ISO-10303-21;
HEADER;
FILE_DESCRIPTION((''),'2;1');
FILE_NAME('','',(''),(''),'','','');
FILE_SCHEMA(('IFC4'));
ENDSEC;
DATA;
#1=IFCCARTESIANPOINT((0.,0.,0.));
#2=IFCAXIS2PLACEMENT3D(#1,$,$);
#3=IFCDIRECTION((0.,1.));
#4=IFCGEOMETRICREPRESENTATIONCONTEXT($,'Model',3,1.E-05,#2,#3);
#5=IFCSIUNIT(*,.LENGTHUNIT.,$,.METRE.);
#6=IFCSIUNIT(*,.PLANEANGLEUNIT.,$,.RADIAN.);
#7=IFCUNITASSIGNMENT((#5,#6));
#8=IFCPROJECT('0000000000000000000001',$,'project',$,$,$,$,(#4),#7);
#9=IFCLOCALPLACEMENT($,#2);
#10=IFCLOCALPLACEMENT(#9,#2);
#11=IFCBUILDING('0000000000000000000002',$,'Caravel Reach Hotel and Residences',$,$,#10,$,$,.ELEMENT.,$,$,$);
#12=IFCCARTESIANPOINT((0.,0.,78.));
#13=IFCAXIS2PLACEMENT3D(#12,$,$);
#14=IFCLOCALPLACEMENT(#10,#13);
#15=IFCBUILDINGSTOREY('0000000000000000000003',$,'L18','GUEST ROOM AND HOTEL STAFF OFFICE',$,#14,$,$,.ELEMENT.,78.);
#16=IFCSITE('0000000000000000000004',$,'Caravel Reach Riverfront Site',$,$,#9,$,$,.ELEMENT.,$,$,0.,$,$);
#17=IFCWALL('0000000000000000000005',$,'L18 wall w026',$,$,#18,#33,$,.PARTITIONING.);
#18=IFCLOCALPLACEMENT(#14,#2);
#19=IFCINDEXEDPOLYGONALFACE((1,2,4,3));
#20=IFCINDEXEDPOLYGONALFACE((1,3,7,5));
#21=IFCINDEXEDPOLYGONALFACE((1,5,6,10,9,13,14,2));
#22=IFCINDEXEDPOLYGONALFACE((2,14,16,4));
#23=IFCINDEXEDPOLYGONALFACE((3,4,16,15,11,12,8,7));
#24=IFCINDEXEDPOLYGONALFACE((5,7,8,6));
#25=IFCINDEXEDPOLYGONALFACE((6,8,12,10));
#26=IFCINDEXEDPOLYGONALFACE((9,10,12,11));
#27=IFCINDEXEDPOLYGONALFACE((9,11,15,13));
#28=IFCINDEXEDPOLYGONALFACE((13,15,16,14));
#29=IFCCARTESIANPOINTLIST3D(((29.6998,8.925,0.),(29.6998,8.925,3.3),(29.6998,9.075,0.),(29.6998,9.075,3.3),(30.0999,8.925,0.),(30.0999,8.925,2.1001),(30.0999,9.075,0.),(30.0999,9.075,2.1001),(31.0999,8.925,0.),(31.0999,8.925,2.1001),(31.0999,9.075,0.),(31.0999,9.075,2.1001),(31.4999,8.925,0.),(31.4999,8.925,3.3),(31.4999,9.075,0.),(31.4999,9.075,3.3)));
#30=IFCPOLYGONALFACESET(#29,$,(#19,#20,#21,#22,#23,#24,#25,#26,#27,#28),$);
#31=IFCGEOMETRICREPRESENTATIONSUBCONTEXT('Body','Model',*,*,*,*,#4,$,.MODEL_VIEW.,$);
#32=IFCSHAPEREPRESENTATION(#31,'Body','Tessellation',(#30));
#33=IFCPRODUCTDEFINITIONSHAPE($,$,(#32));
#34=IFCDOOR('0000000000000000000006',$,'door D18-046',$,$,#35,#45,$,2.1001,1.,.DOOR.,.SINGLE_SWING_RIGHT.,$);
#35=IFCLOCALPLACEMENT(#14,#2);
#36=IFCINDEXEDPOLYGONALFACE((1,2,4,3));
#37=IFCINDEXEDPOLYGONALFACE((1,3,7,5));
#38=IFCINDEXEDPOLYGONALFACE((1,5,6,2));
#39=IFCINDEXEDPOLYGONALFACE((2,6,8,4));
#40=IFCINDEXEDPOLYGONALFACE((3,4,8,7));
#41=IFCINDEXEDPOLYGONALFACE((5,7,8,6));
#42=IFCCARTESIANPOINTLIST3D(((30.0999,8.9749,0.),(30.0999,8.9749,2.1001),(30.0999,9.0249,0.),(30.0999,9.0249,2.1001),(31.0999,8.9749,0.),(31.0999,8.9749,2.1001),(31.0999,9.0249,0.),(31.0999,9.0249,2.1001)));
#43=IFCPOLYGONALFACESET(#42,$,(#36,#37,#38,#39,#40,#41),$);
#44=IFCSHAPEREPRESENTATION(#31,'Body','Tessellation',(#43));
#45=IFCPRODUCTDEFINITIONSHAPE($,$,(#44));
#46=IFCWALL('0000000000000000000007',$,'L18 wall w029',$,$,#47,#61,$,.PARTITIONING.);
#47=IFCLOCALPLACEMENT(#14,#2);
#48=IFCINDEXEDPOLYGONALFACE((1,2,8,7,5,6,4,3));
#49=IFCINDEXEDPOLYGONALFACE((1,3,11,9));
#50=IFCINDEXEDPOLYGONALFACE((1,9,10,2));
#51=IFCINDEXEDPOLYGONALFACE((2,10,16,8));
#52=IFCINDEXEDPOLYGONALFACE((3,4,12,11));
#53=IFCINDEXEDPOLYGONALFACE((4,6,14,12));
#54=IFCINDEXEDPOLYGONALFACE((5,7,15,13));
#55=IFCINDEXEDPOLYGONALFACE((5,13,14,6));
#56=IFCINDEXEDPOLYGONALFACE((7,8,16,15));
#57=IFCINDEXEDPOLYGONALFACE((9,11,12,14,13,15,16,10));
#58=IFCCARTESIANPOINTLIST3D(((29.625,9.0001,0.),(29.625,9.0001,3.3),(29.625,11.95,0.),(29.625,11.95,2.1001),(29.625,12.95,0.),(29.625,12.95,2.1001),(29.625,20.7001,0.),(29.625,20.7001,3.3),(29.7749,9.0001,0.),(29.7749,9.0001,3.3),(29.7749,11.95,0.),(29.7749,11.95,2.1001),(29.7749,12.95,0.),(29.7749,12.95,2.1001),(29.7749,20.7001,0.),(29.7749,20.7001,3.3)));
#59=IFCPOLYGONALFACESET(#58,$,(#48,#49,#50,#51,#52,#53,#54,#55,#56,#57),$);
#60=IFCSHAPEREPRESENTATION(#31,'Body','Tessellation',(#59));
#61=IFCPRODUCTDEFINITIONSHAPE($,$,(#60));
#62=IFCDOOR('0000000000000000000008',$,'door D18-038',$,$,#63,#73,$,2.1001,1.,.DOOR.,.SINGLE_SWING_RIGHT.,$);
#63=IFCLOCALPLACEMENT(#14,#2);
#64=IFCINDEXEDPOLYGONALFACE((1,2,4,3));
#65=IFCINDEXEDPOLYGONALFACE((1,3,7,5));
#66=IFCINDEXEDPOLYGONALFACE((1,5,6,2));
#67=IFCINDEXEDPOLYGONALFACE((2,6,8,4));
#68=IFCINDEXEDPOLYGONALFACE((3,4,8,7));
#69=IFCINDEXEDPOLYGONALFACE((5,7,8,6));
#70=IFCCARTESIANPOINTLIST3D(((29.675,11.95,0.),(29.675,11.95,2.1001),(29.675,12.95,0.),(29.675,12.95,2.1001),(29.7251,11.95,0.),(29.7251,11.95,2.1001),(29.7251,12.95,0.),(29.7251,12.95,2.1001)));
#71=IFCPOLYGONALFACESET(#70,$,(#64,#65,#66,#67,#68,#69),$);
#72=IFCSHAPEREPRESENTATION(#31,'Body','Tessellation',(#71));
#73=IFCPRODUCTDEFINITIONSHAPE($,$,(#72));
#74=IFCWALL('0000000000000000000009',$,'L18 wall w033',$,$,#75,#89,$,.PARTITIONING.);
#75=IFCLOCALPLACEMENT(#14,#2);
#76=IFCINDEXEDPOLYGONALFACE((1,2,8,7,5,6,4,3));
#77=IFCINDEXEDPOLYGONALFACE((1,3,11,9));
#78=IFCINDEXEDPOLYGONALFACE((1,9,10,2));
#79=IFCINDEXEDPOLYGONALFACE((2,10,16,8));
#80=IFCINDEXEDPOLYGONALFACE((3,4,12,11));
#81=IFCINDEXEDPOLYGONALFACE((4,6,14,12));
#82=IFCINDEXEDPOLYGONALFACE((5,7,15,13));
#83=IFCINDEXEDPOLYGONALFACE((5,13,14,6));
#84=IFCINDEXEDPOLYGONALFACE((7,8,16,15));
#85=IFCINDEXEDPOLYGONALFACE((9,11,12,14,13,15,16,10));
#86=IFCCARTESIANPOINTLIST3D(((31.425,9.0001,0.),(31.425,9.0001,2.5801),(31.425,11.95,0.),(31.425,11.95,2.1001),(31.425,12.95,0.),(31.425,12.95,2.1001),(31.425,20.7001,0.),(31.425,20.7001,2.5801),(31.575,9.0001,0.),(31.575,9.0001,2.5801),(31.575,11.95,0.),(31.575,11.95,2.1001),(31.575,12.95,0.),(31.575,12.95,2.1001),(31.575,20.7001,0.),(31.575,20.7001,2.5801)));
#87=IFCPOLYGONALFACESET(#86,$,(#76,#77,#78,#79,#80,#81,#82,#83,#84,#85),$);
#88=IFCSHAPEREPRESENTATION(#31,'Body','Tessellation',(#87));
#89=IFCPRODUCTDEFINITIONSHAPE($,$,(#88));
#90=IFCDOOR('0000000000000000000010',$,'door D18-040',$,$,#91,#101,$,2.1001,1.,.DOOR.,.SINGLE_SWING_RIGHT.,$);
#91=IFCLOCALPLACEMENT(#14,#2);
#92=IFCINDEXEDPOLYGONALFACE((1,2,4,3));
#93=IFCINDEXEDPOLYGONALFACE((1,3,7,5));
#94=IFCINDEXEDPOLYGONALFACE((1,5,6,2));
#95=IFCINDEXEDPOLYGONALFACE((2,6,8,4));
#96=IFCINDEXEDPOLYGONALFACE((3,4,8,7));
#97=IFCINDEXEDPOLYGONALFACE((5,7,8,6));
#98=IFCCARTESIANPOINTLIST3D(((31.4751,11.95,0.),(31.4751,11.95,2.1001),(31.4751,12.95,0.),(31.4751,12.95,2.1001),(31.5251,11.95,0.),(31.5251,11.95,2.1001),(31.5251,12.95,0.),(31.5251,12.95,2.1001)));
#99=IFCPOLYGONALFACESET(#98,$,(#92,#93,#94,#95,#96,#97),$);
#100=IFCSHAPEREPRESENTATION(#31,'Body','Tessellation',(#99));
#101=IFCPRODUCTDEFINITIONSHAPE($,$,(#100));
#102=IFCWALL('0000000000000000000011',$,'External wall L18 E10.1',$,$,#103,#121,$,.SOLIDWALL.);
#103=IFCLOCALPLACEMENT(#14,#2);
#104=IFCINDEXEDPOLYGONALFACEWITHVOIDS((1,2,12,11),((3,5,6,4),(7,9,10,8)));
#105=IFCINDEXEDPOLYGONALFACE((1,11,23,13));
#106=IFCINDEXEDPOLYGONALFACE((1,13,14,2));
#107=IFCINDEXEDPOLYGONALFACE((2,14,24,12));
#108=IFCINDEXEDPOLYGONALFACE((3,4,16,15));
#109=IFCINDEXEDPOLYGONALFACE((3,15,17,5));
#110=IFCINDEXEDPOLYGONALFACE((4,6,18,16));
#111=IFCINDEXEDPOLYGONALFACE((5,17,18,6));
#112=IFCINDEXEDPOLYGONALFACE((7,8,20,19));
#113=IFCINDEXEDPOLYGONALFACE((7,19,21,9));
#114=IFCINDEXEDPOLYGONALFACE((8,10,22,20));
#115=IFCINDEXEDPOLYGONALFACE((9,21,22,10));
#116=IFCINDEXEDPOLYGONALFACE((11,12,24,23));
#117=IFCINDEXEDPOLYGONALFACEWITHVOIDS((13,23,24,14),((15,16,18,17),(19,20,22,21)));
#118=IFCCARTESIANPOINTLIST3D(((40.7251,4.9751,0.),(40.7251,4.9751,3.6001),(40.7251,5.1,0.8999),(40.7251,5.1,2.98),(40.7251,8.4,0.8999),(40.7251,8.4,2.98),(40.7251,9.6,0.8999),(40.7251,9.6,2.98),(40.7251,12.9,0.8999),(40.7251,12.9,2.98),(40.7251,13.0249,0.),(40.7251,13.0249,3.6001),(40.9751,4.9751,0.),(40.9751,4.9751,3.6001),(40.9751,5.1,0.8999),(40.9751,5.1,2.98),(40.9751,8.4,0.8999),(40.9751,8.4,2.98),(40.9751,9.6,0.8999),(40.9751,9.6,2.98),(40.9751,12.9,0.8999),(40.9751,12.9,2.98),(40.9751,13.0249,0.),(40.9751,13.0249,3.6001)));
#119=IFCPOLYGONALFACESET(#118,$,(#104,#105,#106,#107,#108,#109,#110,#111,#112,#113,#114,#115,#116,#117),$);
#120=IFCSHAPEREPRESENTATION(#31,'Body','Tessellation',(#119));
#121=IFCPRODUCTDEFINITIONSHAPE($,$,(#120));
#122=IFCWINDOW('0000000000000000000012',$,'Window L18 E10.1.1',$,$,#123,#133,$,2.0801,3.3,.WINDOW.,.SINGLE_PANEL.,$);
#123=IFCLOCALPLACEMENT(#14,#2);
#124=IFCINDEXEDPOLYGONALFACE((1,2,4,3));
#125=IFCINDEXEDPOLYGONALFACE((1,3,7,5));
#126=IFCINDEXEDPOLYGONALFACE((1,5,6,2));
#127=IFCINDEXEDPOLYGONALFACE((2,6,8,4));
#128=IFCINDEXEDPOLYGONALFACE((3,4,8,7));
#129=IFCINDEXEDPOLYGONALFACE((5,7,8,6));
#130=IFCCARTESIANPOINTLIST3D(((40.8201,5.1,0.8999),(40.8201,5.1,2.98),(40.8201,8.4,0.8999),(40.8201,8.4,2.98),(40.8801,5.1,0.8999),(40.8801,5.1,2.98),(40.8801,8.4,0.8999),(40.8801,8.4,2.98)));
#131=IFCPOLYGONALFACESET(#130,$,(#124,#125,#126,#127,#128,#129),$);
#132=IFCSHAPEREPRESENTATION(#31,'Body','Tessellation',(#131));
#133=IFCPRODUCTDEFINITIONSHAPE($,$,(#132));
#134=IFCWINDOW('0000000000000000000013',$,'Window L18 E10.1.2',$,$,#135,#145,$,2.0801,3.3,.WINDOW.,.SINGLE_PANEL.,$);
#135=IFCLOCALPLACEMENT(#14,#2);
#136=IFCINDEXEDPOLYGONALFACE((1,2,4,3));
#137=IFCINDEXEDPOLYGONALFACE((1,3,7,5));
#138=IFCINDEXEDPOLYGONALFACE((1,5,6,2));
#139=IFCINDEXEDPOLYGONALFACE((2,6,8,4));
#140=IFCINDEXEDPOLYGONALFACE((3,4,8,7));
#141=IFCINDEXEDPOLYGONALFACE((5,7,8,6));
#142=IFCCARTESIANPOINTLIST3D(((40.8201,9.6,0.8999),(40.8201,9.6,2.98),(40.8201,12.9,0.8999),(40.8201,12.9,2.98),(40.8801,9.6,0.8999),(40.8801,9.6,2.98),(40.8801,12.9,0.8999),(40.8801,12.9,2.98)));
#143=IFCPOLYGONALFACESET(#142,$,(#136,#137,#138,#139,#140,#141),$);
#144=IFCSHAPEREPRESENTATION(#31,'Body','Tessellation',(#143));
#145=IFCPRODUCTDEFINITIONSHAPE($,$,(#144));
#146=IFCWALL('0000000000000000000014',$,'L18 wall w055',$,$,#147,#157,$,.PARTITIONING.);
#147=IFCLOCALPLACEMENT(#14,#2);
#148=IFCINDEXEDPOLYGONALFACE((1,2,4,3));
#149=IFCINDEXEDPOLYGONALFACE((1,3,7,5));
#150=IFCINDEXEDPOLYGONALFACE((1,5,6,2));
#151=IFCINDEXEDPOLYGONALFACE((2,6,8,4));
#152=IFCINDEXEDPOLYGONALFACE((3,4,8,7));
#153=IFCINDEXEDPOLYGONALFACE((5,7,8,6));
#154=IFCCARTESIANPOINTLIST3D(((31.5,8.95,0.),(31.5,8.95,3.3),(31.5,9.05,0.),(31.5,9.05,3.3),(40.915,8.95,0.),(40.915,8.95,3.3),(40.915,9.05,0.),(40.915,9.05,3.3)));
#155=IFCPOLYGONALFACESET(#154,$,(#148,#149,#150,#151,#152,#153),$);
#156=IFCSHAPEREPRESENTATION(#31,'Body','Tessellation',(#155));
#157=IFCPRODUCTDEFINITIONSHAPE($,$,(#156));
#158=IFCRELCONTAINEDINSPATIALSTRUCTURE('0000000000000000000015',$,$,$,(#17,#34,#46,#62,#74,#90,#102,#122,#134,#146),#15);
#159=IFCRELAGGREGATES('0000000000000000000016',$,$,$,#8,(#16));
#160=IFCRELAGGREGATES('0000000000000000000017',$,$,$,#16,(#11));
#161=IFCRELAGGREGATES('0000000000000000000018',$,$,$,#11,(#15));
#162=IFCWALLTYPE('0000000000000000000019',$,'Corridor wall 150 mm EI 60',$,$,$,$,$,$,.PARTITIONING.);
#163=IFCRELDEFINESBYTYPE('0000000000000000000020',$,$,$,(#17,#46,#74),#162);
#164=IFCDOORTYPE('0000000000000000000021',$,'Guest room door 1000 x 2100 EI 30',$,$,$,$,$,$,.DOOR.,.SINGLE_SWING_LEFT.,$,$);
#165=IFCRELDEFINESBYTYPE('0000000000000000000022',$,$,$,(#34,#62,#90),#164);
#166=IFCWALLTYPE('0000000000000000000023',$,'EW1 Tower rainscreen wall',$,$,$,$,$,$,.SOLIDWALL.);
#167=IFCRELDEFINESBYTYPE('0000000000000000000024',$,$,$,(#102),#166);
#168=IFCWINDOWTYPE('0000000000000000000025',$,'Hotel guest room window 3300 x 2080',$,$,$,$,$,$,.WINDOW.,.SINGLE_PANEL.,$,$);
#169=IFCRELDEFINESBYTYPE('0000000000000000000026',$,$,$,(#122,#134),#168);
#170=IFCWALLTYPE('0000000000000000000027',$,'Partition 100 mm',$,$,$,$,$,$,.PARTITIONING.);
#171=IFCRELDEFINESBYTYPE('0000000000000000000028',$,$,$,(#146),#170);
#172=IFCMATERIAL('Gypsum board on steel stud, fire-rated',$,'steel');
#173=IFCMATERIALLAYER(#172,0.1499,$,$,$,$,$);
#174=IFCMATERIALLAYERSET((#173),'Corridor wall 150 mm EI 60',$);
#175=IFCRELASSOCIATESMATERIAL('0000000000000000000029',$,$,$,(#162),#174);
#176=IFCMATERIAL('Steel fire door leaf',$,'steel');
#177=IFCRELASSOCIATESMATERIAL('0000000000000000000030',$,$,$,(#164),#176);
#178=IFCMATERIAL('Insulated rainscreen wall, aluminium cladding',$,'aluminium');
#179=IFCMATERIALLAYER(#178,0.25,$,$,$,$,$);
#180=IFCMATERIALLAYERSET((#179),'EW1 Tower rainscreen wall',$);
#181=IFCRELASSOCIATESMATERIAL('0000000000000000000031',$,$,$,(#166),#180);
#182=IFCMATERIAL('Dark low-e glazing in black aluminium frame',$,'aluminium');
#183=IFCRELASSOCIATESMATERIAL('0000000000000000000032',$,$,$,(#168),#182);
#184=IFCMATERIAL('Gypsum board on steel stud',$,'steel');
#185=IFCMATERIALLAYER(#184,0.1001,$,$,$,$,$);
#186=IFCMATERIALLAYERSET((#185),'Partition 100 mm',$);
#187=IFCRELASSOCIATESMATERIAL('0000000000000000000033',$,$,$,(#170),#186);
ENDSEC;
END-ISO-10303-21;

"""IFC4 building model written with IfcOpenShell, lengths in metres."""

from ifc_helpers import new_model, si_unit, direction, frame, frame_2d, origin, place, context, subcontext, project, spatial, rectangle, extrude, material, layer, layer_set, type_object, element, fill, save


model = new_model("IFC4")

# Units and contexts
model_context = context("Model", 3, precision=1e-05, world=origin(), true_north=direction((0.0, 1.0)))
body_context = subcontext(model_context, "Body", "Model", "MODEL_VIEW")
ifc_project = project(units=[si_unit("LENGTHUNIT", "METRE"), si_unit("PLANEANGLEUNIT", "RADIAN")], contexts=[model_context])

# Site, building, storey
site_placement = place(None, origin())
site = spatial("IfcSite", under=ifc_project, at=site_placement, Name="Caravel Reach Riverfront Site", CompositionType="ELEMENT", RefElevation=0.0)
building_placement = place(site_placement, origin())
building = spatial("IfcBuilding", under=site, at=building_placement, Name="Caravel Reach Hotel and Residences", CompositionType="ELEMENT")
storey_placement = place(building_placement, frame((0.0, 0.0, 78.0)))
storey = spatial("IfcBuildingStorey", under=building, at=storey_placement, Name="L18", Description="GUEST ROOM AND HOTEL STAFF OFFICE", CompositionType="ELEMENT", Elevation=78.0)

# Walls, openings, doors
ifc_material_1 = material(Name="Gypsum board on steel stud, fire-rated", Category="steel")
ifc_layer_1 = layer(ifc_material_1, 0.1499)
ifc_layer_set_1 = layer_set([ifc_layer_1], Name="Corridor wall 150 mm EI 60")
wall_type_1 = type_object("IfcWallType", Name="Corridor wall 150 mm EI 60", PredefinedType="PARTITIONING", material=ifc_layer_set_1)
wall_1_placement = place(storey_placement, frame((29.7, 9.0, 0.0), z_axis=(0.0, 0.0, 1.0), x_axis=(1.0, 0.0, 0.0)))
wall_1 = element("IfcWall", 1, at=wall_1_placement, inside=storey, type_object=wall_type_1, Name="L18 wall w026", PredefinedType="PARTITIONING", context=body_context, shape_type="SweptSolid", body=[
    extrude(rectangle(XDim=1.8, YDim=0.1499, at=frame_2d((0.8999, 0.0))), origin(), (0.0, 0.0, 1.0), 3.3),
])
opening_1_placement = place(wall_1_placement, frame((0.3999, 0.0, 0.0)))
opening_1 = element("IfcOpeningElement", 2, at=opening_1_placement, cuts=wall_1, PredefinedType="OPENING", context=body_context, shape_type="SweptSolid", body=[
    extrude(rectangle(XDim=1.0, YDim=2.1001, at=frame_2d((0.5, 1.05))), frame((0.0, 0.085, 0.0), z_axis=(0.0, -1.0, 0.0), x_axis=(1.0, 0.0, 0.0)), (0.0, 0.0, 1.0), 0.1699),
])
ifc_material_2 = material(Name="Steel fire door leaf", Category="steel")
door_type_1 = type_object("IfcDoorType", Name="Guest room door 1000 x 2100 EI 30", OperationType="SINGLE_SWING_LEFT", PredefinedType="DOOR", material=ifc_material_2)
door_1_placement = place(opening_1_placement, origin())
door_1 = element("IfcDoor", 3, at=door_1_placement, inside=storey, type_object=door_type_1, Name="door D18-046", OperationType="SINGLE_SWING_RIGHT", OverallHeight=2.1001, OverallWidth=1.0, PredefinedType="DOOR", context=body_context, shape_type="SweptSolid", body=[
    extrude(rectangle(XDim=1.0, YDim=2.1001, at=frame_2d((0.5, 1.05))), frame((0.0, 0.0249, 0.0), z_axis=(0.0, -1.0, 0.0), x_axis=(1.0, 0.0, 0.0)), (0.0, 0.0, 1.0), 0.05),
])
fill(opening_1, door_1)
wall_2_placement = place(storey_placement, frame((29.7, 9.0, 0.0), z_axis=(0.0, 0.0, 1.0), x_axis=(0.0, 1.0, 0.0)))
wall_2 = element("IfcWall", 4, at=wall_2_placement, inside=storey, type_object=wall_type_1, Name="L18 wall w029", PredefinedType="PARTITIONING", context=body_context, shape_type="SweptSolid", body=[
    extrude(rectangle(XDim=11.7, YDim=0.1499, at=frame_2d((5.8501, 0.0))), origin(), (0.0, 0.0, 1.0), 3.3),
])
opening_2_placement = place(wall_2_placement, frame((2.95, 0.0, 0.0)))
opening_2 = element("IfcOpeningElement", 5, at=opening_2_placement, cuts=wall_2, PredefinedType="OPENING", context=body_context, shape_type="SweptSolid", body=[
    extrude(rectangle(XDim=1.0, YDim=2.1001, at=frame_2d((0.5, 1.05))), frame((0.0, 0.085, 0.0), z_axis=(0.0, -1.0, 0.0), x_axis=(1.0, 0.0, 0.0)), (0.0, 0.0, 1.0), 0.1699),
])
door_2_placement = place(opening_2_placement, origin())
door_2 = element("IfcDoor", 6, at=door_2_placement, inside=storey, type_object=door_type_1, Name="door D18-038", OperationType="SINGLE_SWING_RIGHT", OverallHeight=2.1001, OverallWidth=1.0, PredefinedType="DOOR", context=body_context, shape_type="SweptSolid", body=[
    extrude(rectangle(XDim=1.0, YDim=2.1001, at=frame_2d((0.5, 1.05))), frame((0.0, 0.0249, 0.0), z_axis=(0.0, -1.0, 0.0), x_axis=(1.0, 0.0, 0.0)), (0.0, 0.0, 1.0), 0.05),
])
fill(opening_2, door_2)
wall_3_placement = place(storey_placement, frame((31.5, 9.0, 0.0), z_axis=(0.0, 0.0, 1.0), x_axis=(0.0, 1.0, 0.0)))
wall_3 = element("IfcWall", 7, at=wall_3_placement, inside=storey, type_object=wall_type_1, Name="L18 wall w033", PredefinedType="PARTITIONING", context=body_context, shape_type="SweptSolid", body=[
    extrude(rectangle(XDim=11.7, YDim=0.1499, at=frame_2d((5.8501, 0.0))), origin(), (0.0, 0.0, 1.0), 2.5801),
])
opening_3_placement = place(wall_3_placement, frame((2.95, 0.0, 0.0)))
opening_3 = element("IfcOpeningElement", 8, at=opening_3_placement, cuts=wall_3, PredefinedType="OPENING", context=body_context, shape_type="SweptSolid", body=[
    extrude(rectangle(XDim=1.0, YDim=2.1001, at=frame_2d((0.5, 1.05))), frame((0.0, 0.085, 0.0), z_axis=(0.0, -1.0, 0.0), x_axis=(1.0, 0.0, 0.0)), (0.0, 0.0, 1.0), 0.1699),
])
door_3_placement = place(opening_3_placement, origin())
door_3 = element("IfcDoor", 9, at=door_3_placement, inside=storey, type_object=door_type_1, Name="door D18-040", OperationType="SINGLE_SWING_RIGHT", OverallHeight=2.1001, OverallWidth=1.0, PredefinedType="DOOR", context=body_context, shape_type="SweptSolid", body=[
    extrude(rectangle(XDim=1.0, YDim=2.1001, at=frame_2d((0.5, 1.05))), frame((0.0, 0.0249, 0.0), z_axis=(0.0, -1.0, 0.0), x_axis=(1.0, 0.0, 0.0)), (0.0, 0.0, 1.0), 0.05),
])
fill(opening_3, door_3)

# Wall, openings, windows
ifc_material_3 = material(Name="Insulated rainscreen wall, aluminium cladding", Category="aluminium")
ifc_layer_2 = layer(ifc_material_3, 0.25)
ifc_layer_set_2 = layer_set([ifc_layer_2], Name="EW1 Tower rainscreen wall")
wall_type_2 = type_object("IfcWallType", Name="EW1 Tower rainscreen wall", PredefinedType="SOLIDWALL", material=ifc_layer_set_2)
wall_4_placement = place(storey_placement, frame((40.8501, 4.9751, 0.0), z_axis=(0.0, 0.0, 1.0), x_axis=(0.0, 1.0, 0.0)))
wall_4 = element("IfcWall", 10, at=wall_4_placement, inside=storey, type_object=wall_type_2, Name="External wall L18 E10.1", PredefinedType="SOLIDWALL", context=body_context, shape_type="SweptSolid", body=[
    extrude(rectangle(XDim=8.0498, YDim=0.25, at=frame_2d((4.0249, 0.0))), origin(), (0.0, 0.0, 1.0), 3.6001),
])
opening_4_placement = place(wall_4_placement, frame((0.125, 0.0, 0.8999)))
opening_4 = element("IfcOpeningElement", 11, at=opening_4_placement, cuts=wall_4, PredefinedType="OPENING", context=body_context, shape_type="SweptSolid", body=[
    extrude(rectangle(XDim=3.3, YDim=2.0801, at=frame_2d((1.6499, 1.04))), frame((0.0, 0.135, 0.0), z_axis=(0.0, -1.0, 0.0), x_axis=(1.0, 0.0, 0.0)), (0.0, 0.0, 1.0), 0.27),
])
opening_5_placement = place(wall_4_placement, frame((4.625, 0.0, 0.8999)))
opening_5 = element("IfcOpeningElement", 12, at=opening_5_placement, cuts=wall_4, PredefinedType="OPENING", context=body_context, shape_type="SweptSolid", body=[
    extrude(rectangle(XDim=3.3, YDim=2.0801, at=frame_2d((1.6499, 1.04))), frame((0.0, 0.135, 0.0), z_axis=(0.0, -1.0, 0.0), x_axis=(1.0, 0.0, 0.0)), (0.0, 0.0, 1.0), 0.27),
])
ifc_material_4 = material(Name="Dark low-e glazing in black aluminium frame", Category="aluminium")
window_type = type_object("IfcWindowType", Name="Hotel guest room window 3300 x 2080", PartitioningType="SINGLE_PANEL", PredefinedType="WINDOW", material=ifc_material_4)
window_1_placement = place(opening_4_placement, origin())
window_1 = element("IfcWindow", 13, at=window_1_placement, inside=storey, type_object=window_type, Name="Window L18 E10.1.1", OverallHeight=2.0801, OverallWidth=3.3, PartitioningType="SINGLE_PANEL", PredefinedType="WINDOW", context=body_context, shape_type="SweptSolid", body=[
    extrude(rectangle(XDim=3.3, YDim=2.0801, at=frame_2d((1.6499, 1.04))), frame((0.0, 0.03, 0.0), z_axis=(0.0, -1.0, 0.0), x_axis=(1.0, 0.0, 0.0)), (0.0, 0.0, 1.0), 0.0601),
])
fill(opening_4, window_1)
window_2_placement = place(opening_5_placement, origin())
window_2 = element("IfcWindow", 14, at=window_2_placement, inside=storey, type_object=window_type, Name="Window L18 E10.1.2", OverallHeight=2.0801, OverallWidth=3.3, PartitioningType="SINGLE_PANEL", PredefinedType="WINDOW", context=body_context, shape_type="SweptSolid", body=[
    extrude(rectangle(XDim=3.3, YDim=2.0801, at=frame_2d((1.6499, 1.04))), frame((0.0, 0.03, 0.0), z_axis=(0.0, -1.0, 0.0), x_axis=(1.0, 0.0, 0.0)), (0.0, 0.0, 1.0), 0.0601),
])
fill(opening_5, window_2)

# Wall
ifc_material_5 = material(Name="Gypsum board on steel stud", Category="steel")
ifc_layer_3 = layer(ifc_material_5, 0.1001)
ifc_layer_set_3 = layer_set([ifc_layer_3], Name="Partition 100 mm")
wall_type_3 = type_object("IfcWallType", Name="Partition 100 mm", PredefinedType="PARTITIONING", material=ifc_layer_set_3)
wall_5_placement = place(storey_placement, frame((31.5, 9.0, 0.0), z_axis=(0.0, 0.0, 1.0), x_axis=(1.0, 0.0, 0.0)))
element("IfcWall", 15, at=wall_5_placement, inside=storey, type_object=wall_type_3, Name="L18 wall w055", PredefinedType="PARTITIONING", context=body_context, shape_type="SweptSolid", body=[
    extrude(rectangle(XDim=9.415, YDim=0.1001, at=frame_2d((4.7075, 0.0))), origin(), (0.0, 0.0, 1.0), 3.3),
])

save(model, "model.ifc")
